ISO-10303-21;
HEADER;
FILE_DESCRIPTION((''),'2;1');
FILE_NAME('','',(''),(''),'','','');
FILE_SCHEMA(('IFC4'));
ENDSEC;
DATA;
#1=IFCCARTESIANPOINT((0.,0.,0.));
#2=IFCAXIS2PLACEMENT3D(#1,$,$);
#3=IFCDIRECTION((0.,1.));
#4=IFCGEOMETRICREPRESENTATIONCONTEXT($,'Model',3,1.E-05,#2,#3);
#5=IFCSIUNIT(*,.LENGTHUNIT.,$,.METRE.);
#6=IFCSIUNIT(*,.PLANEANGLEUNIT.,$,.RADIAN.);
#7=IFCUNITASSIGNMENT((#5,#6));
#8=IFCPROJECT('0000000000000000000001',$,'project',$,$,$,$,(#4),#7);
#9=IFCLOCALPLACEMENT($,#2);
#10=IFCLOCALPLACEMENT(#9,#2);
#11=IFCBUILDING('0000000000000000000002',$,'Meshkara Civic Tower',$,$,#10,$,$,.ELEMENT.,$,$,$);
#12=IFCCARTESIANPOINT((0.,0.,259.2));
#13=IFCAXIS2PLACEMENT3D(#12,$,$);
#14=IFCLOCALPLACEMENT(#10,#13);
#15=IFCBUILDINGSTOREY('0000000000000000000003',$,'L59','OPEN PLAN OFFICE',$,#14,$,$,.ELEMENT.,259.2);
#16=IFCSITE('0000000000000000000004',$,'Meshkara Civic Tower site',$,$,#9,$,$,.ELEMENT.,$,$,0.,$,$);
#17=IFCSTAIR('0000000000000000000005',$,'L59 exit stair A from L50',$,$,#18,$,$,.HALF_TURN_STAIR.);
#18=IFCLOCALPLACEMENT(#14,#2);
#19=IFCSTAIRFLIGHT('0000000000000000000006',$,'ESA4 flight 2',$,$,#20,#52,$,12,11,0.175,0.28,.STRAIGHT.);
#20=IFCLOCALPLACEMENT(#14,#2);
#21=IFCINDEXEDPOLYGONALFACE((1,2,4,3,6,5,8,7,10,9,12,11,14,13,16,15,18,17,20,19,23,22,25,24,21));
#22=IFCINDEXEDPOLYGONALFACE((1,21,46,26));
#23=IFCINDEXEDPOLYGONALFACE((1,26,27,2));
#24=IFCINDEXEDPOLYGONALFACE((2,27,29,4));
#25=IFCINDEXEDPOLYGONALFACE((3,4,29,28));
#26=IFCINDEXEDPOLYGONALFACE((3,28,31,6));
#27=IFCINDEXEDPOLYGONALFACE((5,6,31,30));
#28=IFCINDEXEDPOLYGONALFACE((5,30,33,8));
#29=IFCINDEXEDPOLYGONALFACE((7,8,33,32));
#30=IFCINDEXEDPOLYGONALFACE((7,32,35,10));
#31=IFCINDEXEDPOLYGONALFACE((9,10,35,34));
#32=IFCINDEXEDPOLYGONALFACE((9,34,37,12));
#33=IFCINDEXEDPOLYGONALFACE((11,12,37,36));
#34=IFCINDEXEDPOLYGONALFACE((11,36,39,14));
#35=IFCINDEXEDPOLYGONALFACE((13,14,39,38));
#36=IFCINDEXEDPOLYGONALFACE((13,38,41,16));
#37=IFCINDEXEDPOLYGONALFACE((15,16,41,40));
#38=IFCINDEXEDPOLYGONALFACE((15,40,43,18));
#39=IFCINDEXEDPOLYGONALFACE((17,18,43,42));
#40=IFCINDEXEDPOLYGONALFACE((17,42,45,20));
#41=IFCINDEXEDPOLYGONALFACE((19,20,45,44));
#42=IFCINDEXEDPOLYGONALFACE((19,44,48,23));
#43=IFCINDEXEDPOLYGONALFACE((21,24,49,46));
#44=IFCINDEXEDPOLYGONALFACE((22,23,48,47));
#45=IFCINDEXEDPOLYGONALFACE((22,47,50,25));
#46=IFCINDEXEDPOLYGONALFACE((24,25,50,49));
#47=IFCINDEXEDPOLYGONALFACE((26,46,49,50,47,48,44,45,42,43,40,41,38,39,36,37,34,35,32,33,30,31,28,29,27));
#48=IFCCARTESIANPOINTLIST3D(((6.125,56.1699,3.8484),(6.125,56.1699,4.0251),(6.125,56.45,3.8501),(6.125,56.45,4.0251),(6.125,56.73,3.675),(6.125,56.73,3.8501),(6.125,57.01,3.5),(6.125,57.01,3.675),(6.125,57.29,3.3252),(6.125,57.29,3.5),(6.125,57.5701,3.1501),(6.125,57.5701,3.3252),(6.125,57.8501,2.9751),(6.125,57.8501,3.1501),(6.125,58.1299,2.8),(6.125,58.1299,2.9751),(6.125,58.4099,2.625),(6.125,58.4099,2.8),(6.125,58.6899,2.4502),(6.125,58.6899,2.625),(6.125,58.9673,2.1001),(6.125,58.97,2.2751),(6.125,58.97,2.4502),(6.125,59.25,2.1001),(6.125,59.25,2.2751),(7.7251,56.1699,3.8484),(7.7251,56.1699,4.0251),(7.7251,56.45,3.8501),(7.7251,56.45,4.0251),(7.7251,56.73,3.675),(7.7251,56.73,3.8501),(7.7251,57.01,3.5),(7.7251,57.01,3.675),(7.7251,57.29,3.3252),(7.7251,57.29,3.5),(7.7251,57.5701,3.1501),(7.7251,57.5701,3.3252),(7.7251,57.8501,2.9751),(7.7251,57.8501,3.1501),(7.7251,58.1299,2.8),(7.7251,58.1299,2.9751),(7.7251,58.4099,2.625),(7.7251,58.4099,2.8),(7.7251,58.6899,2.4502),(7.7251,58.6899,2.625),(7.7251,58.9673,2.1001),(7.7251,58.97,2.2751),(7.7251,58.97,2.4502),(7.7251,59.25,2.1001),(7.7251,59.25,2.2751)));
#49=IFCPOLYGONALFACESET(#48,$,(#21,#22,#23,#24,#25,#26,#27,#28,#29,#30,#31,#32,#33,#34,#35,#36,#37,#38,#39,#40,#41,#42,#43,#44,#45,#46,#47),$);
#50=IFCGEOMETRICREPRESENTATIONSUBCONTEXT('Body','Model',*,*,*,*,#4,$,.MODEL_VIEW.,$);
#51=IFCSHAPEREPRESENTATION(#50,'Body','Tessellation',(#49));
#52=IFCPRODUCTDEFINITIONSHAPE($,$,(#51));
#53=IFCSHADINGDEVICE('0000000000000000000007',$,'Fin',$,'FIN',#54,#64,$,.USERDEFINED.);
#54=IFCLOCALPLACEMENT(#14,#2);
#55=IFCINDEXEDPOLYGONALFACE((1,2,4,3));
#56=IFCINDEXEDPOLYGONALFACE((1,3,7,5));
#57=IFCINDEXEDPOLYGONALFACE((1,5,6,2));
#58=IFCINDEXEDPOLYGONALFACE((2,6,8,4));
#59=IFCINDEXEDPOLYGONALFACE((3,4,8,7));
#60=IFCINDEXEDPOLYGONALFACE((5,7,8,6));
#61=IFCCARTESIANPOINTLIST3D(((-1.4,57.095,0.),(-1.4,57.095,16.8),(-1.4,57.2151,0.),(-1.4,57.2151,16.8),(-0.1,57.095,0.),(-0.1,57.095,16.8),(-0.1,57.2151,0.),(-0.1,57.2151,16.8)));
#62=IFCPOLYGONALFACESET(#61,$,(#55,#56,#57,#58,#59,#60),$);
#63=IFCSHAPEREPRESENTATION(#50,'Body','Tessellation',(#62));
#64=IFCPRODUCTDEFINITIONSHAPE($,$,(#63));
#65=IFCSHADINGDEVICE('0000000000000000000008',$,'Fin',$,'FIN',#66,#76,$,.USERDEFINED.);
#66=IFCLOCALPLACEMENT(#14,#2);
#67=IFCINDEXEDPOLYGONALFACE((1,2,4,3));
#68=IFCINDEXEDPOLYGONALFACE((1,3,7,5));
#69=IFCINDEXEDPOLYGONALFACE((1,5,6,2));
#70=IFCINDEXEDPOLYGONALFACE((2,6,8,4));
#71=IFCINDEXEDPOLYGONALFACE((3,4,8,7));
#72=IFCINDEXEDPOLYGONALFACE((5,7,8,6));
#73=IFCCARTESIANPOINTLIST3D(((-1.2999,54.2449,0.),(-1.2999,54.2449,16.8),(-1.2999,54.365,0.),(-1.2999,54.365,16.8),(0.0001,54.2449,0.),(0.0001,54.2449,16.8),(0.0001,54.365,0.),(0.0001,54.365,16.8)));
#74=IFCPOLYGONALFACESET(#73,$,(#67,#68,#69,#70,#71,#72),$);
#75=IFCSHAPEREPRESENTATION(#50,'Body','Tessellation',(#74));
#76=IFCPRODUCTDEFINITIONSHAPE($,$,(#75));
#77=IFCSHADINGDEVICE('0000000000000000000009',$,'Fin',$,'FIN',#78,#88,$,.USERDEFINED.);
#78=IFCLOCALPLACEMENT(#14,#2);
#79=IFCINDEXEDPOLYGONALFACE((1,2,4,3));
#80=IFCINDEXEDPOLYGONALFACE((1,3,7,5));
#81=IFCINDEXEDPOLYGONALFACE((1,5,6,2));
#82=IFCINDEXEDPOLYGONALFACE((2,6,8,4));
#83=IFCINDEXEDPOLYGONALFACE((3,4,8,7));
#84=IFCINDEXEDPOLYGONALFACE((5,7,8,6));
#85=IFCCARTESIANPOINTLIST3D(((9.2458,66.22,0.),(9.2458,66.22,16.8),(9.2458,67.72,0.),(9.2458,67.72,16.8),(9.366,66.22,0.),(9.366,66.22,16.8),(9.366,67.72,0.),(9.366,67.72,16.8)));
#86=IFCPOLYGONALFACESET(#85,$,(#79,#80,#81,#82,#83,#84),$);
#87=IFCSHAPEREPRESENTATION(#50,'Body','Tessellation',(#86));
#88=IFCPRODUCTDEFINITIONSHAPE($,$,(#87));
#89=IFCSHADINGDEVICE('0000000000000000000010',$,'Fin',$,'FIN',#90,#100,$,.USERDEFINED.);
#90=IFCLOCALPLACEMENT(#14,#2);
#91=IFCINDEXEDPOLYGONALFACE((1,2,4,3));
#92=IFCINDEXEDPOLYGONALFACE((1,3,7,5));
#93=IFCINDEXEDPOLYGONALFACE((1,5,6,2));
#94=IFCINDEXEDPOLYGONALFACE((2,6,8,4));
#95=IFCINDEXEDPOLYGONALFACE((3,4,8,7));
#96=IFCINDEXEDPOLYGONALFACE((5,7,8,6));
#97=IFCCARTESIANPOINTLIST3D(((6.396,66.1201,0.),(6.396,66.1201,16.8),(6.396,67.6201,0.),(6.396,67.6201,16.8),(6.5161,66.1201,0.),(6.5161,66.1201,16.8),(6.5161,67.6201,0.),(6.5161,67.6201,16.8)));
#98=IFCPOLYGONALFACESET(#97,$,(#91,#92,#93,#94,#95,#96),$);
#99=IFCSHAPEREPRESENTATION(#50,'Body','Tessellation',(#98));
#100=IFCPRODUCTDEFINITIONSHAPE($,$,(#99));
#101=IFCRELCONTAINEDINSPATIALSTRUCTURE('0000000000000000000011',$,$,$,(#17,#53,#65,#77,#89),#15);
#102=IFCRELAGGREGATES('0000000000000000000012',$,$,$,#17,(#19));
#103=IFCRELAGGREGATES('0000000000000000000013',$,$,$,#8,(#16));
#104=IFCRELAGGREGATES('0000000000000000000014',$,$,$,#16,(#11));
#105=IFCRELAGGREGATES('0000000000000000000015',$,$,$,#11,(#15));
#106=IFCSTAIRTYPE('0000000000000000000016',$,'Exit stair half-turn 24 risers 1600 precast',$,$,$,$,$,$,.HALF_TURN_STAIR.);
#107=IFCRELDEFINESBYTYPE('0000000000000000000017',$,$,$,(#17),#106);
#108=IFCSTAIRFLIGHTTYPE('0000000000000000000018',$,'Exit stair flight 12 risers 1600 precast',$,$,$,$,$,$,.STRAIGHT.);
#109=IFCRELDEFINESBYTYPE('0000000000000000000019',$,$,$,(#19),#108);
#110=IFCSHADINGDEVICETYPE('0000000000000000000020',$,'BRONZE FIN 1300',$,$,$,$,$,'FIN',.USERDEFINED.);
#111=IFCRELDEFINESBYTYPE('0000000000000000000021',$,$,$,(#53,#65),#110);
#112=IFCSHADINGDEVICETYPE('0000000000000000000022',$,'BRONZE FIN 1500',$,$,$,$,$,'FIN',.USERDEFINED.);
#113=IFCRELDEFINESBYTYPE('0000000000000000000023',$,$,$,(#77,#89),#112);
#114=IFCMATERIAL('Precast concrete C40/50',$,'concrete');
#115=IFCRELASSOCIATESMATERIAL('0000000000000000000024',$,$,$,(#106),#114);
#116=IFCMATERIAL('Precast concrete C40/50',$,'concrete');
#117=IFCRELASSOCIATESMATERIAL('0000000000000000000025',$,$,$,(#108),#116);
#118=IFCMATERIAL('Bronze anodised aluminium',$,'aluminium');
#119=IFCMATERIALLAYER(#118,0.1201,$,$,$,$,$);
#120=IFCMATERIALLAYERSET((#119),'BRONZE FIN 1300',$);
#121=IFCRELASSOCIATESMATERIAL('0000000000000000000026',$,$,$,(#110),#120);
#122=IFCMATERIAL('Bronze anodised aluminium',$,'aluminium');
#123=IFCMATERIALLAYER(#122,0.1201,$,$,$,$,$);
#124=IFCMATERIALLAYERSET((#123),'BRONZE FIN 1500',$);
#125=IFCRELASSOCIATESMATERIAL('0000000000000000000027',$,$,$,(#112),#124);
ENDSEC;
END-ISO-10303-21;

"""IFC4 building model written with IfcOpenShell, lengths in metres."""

from ifc_helpers import new_model, si_unit, direction, frame, origin, origin_2d, place, context, subcontext, project, spatial, polyline, rectangle, outline, extrude, material, layer, layer_set, type_object, element, aggregate, save


model = new_model("IFC4")

# Units and contexts
model_context = context("Model", 3, precision=1e-05, world=origin(), true_north=direction((0.0, 1.0)))
body_context = subcontext(model_context, "Body", "Model", "MODEL_VIEW")
ifc_project = project(units=[si_unit("LENGTHUNIT", "METRE"), si_unit("PLANEANGLEUNIT", "RADIAN")], contexts=[model_context])

# Site, building, storey
site_placement = place(None, origin())
site = spatial("IfcSite", under=ifc_project, at=site_placement, Name="Meshkara Civic Tower site", CompositionType="ELEMENT", RefElevation=0.0)
building_placement = place(site_placement, origin())
building = spatial("IfcBuilding", under=site, at=building_placement, Name="Meshkara Civic Tower", CompositionType="ELEMENT")
storey_placement = place(building_placement, frame((0.0, 0.0, 259.2)))
storey = spatial("IfcBuildingStorey", under=building, at=storey_placement, Name="L59", Description="OPEN PLAN OFFICE", CompositionType="ELEMENT", Elevation=259.2)

# Stair, stair flight
ifc_material_1 = material(Name="Precast concrete C40/50", Category="concrete")
stair_type = type_object("IfcStairType", Name="Exit stair half-turn 24 risers 1600 precast", PredefinedType="HALF_TURN_STAIR", material=ifc_material_1)
stair_placement = place(storey_placement, origin())
stair = element("IfcStair", 1, at=stair_placement, inside=storey, type_object=stair_type, Name="L59 exit stair A from L50", PredefinedType="HALF_TURN_STAIR")
ifc_material_2 = material(Name="Precast concrete C40/50", Category="concrete")
stair_flight_type = type_object("IfcStairFlightType", Name="Exit stair flight 12 risers 1600 precast", PredefinedType="STRAIGHT", material=ifc_material_2)
stair_flight_1_placement = place(storey_placement, frame((6.925, 59.25, 2.1001), z_axis=(0.0, 0.0, 1.0), x_axis=(0.0, -1.0, 0.0)))
stair_flight_1 = element("IfcStairFlight", 2, at=stair_flight_1_placement, type_object=stair_flight_type, Name="ESA4 flight 2", NumberOfRisers=12, NumberOfTreads=11, PredefinedType="STRAIGHT", RiserHeight=0.175, TreadLength=0.28, context=body_context, shape_type="SweptSolid", body=[
    extrude(outline(polyline([(0.0, 0.0), (0.0, 0.175), (0.28, 0.175), (0.28, 0.3501), (0.5601, 0.3501), (0.5601, 0.5249), (0.8401, 0.5249), (0.8401, 0.7), (1.1201, 0.7), (1.1201, 0.875), (1.3999, 0.875), (1.3999, 1.05), (1.6799, 1.05), (1.6799, 1.2251), (1.96, 1.2251), (1.96, 1.3999), (2.24, 1.3999), (2.24, 1.575), (2.52, 1.575), (2.52, 1.75), (2.8, 1.75), (2.8, 1.925), (3.0801, 1.925), (3.0801, 2.1001), (3.0801, 1.7483), (0.2827, 0.0), (0.0, 0.0)])), frame((0.0, 0.8, 0.0), z_axis=(0.0, -1.0, 0.0), x_axis=(1.0, 0.0, 0.0)), (0.0, 0.0, 1.0), 1.6001),
])
aggregate(stair, [stair_flight_1])

# Shading devices
ifc_material_3 = material(Name="Bronze anodised aluminium", Category="aluminium")
ifc_layer_1 = layer(ifc_material_3, 0.1201)
ifc_layer_set_1 = layer_set([ifc_layer_1], Name="BRONZE FIN 1300")
shading_device_type_1 = type_object("IfcShadingDeviceType", Name="BRONZE FIN 1300", ElementType="FIN", PredefinedType="USERDEFINED", material=ifc_layer_set_1)
for number, where, z_axis, x_axis, name in (
    (3, (-0.75, 57.155, 0.0), (0.0, 0.0, 1.0), (0.0, -1.0, 0.0), "Fin"),
    (4, (-0.6499, 54.3049, 0.0), (0.0, 0.0, 1.0), (0.0, -1.0, 0.0), "Fin"),
):
    element("IfcShadingDevice", number, at=place(storey_placement, frame(where, z_axis=z_axis, x_axis=x_axis)), inside=storey, type_object=shading_device_type_1, Name=name, ObjectType="FIN", PredefinedType="USERDEFINED", context=body_context, shape_type="SweptSolid", body=[
        extrude(rectangle(XDim=0.1201, YDim=1.3, at=origin_2d()), origin(), (0.0, 0.0, 1.0), 16.8),
    ])
ifc_material_4 = material(Name="Bronze anodised aluminium", Category="aluminium")
ifc_layer_2 = layer(ifc_material_4, 0.1201)
ifc_layer_set_2 = layer_set([ifc_layer_2], Name="BRONZE FIN 1500")
shading_device_type_2 = type_object("IfcShadingDeviceType", Name="BRONZE FIN 1500", ElementType="FIN", PredefinedType="USERDEFINED", material=ifc_layer_set_2)
for number, where, z_axis, x_axis, name in (
    (5, (9.3059, 66.97, 0.0), (0.0, 0.0, 1.0), (-1.0, 0.0, 0.0), "Fin"),
    (6, (6.4561, 66.8701, 0.0), (0.0, 0.0, 1.0), (-1.0, 0.0, 0.0), "Fin"),
):
    element("IfcShadingDevice", number, at=place(storey_placement, frame(where, z_axis=z_axis, x_axis=x_axis)), inside=storey, type_object=shading_device_type_2, Name=name, ObjectType="FIN", PredefinedType="USERDEFINED", context=body_context, shape_type="SweptSolid", body=[
        extrude(rectangle(XDim=0.1201, YDim=1.5, at=origin_2d()), origin(), (0.0, 0.0, 1.0), 16.8),
    ])

save(model, "model.ifc")
